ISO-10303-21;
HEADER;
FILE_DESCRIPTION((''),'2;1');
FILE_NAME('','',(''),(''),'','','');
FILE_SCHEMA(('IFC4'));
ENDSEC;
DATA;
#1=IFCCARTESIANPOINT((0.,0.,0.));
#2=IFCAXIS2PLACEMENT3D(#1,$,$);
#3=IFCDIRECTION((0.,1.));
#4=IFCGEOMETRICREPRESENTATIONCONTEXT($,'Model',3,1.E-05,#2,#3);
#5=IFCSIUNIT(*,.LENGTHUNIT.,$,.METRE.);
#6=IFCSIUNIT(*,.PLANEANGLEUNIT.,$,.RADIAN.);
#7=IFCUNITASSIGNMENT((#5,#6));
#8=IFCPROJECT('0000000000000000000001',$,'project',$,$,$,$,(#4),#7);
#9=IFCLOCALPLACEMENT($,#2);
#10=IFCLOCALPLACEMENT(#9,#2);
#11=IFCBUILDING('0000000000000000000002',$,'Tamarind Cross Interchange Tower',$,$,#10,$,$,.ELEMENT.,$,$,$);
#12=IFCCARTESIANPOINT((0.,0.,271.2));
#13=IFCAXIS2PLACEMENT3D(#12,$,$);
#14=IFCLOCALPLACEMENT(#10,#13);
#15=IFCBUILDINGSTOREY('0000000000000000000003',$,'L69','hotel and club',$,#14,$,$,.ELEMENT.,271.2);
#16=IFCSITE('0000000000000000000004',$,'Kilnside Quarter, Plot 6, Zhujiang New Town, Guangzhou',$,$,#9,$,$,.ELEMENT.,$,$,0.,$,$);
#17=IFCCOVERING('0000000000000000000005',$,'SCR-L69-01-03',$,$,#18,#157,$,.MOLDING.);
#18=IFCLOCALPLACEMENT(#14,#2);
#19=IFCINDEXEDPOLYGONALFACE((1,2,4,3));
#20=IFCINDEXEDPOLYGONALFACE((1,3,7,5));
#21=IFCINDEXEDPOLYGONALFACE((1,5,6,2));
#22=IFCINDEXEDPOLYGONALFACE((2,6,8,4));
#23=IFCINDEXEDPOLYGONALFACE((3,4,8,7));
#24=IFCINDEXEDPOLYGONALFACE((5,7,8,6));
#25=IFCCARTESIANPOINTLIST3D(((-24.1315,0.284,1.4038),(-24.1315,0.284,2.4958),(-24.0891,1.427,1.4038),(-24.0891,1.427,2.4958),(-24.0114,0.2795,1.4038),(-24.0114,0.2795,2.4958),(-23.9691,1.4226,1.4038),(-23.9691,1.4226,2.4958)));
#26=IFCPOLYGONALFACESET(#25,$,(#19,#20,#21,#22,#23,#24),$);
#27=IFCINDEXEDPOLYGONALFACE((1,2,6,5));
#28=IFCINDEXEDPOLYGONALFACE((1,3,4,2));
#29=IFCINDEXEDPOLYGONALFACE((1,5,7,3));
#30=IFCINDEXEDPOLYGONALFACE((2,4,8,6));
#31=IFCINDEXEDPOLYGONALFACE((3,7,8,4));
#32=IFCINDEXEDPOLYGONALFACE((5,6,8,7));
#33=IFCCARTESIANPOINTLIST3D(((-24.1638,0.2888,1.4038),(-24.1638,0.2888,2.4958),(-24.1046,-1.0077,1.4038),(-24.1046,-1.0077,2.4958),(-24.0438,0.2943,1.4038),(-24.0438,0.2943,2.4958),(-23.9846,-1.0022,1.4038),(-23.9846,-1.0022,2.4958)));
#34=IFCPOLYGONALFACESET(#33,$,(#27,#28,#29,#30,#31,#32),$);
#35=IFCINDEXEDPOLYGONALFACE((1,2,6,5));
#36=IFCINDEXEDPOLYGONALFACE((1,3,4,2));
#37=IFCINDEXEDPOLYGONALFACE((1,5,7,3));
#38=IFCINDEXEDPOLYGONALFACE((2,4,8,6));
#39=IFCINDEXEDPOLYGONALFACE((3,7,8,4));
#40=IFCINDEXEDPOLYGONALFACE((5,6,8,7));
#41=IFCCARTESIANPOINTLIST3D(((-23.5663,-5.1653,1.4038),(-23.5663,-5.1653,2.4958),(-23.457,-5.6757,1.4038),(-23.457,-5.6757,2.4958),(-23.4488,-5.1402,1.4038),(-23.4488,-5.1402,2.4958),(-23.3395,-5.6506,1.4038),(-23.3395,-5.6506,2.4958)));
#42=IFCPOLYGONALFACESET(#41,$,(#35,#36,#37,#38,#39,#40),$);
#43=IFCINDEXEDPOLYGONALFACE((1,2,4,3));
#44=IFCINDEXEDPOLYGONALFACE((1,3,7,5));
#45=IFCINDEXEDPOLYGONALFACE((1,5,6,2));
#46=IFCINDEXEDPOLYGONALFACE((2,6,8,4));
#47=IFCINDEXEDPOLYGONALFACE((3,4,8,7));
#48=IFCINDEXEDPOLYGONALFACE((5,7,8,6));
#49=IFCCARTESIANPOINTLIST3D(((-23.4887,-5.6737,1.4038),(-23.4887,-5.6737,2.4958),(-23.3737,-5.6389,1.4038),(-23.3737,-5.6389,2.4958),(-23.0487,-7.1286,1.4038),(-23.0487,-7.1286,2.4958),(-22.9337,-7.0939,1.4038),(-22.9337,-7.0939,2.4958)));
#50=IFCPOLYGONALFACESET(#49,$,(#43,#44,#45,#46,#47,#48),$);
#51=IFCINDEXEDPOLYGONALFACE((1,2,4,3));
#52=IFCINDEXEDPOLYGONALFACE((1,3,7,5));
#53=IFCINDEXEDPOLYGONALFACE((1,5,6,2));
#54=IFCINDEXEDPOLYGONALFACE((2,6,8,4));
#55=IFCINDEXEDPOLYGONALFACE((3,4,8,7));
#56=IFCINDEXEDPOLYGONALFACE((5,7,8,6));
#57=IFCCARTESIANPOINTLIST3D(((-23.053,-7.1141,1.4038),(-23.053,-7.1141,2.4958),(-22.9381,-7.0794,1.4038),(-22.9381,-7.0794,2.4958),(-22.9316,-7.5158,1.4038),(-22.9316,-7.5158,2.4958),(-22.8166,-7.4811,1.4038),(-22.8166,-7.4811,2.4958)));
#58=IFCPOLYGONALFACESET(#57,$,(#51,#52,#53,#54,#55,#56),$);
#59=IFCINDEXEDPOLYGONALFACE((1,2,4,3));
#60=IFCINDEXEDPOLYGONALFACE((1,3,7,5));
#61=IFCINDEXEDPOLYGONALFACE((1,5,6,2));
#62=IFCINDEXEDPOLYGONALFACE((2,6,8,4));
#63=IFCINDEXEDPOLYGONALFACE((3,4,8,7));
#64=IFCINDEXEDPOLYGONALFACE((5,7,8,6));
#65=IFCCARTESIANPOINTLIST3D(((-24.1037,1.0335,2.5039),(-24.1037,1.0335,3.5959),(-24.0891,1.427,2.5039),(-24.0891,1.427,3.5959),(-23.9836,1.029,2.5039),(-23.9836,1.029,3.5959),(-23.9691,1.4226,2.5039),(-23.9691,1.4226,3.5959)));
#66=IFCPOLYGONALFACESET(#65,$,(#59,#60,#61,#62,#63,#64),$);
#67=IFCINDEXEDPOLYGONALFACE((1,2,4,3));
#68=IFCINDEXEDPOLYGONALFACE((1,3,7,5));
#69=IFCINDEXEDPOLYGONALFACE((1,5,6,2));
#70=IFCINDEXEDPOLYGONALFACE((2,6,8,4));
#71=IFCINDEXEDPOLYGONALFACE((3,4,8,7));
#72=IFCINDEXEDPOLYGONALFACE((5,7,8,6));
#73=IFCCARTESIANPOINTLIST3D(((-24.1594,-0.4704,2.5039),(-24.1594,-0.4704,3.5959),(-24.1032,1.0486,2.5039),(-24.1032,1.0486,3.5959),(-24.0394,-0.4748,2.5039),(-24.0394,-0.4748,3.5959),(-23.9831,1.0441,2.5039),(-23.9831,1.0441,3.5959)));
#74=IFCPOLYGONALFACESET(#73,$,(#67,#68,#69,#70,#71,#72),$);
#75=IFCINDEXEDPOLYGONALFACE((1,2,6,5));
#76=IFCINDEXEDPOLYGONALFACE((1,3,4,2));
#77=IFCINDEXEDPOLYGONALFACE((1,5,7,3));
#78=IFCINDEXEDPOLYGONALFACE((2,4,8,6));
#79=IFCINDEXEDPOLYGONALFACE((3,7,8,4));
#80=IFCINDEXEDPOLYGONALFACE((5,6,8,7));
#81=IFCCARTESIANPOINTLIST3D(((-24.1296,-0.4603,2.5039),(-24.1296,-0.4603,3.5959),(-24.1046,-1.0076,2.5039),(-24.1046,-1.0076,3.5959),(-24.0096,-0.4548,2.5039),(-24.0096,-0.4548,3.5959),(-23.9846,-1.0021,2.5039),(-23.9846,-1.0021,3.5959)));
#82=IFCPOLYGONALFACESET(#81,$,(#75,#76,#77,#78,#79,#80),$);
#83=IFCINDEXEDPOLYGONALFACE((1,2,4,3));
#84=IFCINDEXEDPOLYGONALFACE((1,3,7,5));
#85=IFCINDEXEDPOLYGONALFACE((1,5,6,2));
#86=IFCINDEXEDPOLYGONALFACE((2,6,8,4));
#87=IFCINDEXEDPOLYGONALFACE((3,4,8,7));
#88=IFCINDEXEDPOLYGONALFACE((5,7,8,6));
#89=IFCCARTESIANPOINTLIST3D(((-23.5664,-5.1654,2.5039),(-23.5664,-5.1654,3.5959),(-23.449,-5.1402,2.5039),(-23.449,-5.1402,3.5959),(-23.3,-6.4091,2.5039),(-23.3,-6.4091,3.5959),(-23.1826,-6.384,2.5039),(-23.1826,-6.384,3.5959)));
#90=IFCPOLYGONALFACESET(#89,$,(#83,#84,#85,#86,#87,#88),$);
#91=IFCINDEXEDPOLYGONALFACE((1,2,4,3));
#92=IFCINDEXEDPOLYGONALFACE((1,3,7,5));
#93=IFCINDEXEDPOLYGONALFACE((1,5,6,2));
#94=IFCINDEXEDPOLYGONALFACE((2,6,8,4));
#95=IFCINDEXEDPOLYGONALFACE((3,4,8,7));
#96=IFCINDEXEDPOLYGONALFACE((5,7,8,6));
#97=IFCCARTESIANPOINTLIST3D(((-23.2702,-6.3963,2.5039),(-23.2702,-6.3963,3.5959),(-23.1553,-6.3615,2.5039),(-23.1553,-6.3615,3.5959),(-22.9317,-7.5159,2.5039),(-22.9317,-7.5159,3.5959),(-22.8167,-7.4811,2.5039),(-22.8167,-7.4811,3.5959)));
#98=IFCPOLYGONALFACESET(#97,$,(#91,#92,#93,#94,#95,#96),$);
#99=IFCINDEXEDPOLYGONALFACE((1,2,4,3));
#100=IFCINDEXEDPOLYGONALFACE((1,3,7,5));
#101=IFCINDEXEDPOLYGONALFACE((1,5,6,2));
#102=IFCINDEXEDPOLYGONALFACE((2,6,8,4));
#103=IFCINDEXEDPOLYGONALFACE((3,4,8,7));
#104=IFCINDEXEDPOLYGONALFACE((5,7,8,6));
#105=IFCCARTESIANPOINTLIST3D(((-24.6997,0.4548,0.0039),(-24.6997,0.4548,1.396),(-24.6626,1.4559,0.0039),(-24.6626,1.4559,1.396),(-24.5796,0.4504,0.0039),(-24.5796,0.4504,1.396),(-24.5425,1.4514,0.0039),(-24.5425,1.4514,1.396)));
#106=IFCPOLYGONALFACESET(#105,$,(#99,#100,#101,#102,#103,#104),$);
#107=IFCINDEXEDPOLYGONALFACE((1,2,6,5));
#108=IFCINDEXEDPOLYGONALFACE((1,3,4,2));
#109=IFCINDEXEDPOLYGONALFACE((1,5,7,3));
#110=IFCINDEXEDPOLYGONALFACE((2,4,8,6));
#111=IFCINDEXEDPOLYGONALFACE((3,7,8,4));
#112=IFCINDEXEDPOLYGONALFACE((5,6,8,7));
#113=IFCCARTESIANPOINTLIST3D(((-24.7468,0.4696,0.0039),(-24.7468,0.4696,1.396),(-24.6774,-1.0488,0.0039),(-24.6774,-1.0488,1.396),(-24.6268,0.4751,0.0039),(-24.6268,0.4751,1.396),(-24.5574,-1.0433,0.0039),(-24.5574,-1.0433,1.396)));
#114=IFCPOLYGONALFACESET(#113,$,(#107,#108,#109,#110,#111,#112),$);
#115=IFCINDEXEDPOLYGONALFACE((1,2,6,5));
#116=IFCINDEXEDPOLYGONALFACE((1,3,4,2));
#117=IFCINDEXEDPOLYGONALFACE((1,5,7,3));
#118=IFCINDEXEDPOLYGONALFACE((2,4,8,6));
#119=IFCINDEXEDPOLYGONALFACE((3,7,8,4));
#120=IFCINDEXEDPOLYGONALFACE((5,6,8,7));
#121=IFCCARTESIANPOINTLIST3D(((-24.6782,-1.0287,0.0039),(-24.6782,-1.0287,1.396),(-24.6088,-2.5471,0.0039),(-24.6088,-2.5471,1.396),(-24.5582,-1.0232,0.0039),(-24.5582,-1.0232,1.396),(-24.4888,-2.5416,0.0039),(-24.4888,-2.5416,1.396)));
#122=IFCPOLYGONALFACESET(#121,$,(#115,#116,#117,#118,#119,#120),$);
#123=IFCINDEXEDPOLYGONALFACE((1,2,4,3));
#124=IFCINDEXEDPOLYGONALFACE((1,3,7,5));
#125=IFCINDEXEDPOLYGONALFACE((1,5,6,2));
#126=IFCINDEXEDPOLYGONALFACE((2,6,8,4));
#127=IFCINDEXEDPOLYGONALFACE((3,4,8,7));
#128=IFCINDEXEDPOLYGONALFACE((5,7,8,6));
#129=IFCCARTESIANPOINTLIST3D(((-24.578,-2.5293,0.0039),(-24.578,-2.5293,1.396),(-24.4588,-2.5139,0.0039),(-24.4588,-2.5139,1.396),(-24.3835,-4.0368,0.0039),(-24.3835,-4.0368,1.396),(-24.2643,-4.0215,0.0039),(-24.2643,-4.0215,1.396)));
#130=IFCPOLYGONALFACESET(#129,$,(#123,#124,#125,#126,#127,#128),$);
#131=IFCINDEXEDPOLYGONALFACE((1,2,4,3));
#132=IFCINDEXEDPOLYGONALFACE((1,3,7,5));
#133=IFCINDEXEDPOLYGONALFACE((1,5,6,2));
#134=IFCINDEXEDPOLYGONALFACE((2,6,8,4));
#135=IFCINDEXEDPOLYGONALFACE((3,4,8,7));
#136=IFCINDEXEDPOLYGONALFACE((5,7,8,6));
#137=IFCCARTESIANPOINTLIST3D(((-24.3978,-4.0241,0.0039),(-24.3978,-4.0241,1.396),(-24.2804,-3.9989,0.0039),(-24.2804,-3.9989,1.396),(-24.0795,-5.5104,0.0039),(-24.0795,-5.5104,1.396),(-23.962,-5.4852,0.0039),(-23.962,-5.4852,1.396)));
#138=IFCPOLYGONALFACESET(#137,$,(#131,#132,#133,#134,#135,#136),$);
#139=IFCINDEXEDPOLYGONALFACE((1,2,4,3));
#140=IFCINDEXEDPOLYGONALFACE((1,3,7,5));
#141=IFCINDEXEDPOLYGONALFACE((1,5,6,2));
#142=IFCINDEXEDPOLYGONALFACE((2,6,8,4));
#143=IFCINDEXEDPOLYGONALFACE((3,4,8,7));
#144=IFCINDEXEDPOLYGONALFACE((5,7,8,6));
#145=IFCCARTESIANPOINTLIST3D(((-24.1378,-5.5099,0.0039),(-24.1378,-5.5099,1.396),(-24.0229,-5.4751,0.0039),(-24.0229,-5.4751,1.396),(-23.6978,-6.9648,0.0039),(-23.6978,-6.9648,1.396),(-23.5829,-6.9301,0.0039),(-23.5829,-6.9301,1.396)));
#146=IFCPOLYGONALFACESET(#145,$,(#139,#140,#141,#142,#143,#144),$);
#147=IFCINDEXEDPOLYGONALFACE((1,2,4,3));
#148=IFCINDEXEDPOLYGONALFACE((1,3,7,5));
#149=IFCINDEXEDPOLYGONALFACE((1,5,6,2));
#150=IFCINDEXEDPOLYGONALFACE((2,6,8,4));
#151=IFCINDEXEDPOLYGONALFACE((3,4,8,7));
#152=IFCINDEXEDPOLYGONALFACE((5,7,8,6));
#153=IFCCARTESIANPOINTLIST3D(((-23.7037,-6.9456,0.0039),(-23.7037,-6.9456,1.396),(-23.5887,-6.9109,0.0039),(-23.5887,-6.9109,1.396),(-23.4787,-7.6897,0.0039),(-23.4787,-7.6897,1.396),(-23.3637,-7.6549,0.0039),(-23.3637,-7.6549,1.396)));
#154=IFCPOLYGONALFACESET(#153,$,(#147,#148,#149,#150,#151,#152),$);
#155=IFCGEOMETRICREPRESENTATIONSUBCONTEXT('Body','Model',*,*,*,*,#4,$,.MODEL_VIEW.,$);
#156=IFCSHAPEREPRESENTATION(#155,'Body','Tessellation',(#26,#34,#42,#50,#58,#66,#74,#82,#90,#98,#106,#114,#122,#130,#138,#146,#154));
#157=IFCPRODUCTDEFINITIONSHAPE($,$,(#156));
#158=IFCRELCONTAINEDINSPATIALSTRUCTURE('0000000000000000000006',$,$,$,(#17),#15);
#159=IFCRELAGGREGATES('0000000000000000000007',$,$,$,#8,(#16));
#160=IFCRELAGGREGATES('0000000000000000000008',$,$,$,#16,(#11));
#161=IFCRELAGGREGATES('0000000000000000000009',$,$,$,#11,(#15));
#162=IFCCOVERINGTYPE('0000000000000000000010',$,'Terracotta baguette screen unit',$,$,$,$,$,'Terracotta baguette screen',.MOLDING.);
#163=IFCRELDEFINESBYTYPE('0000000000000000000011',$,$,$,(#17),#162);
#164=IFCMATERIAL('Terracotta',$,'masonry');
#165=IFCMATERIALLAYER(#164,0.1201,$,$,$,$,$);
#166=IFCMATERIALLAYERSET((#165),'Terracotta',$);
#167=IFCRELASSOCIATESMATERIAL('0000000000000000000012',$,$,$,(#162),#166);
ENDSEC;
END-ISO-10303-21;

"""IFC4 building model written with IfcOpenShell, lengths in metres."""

from ifc_helpers import new_model, si_unit, direction, frame, origin, origin_2d, place, context, subcontext, project, spatial, rectangle, extrude, material, layer, layer_set, type_object, element, save


model = new_model("IFC4")

# Units and contexts
model_context = context("Model", 3, precision=1e-05, world=origin(), true_north=direction((0.0, 1.0)))
body_context = subcontext(model_context, "Body", "Model", "MODEL_VIEW")
ifc_project = project(units=[si_unit("LENGTHUNIT", "METRE"), si_unit("PLANEANGLEUNIT", "RADIAN")], contexts=[model_context])

# Site, building, storey
site_placement = place(None, origin())
site = spatial("IfcSite", under=ifc_project, at=site_placement, Name="Kilnside Quarter, Plot 6, Zhujiang New Town, Guangzhou", CompositionType="ELEMENT", RefElevation=0.0)
building_placement = place(site_placement, origin())
building = spatial("IfcBuilding", under=site, at=building_placement, Name="Tamarind Cross Interchange Tower", CompositionType="ELEMENT")
storey_placement = place(building_placement, frame((0.0, 0.0, 271.2)))
storey = spatial("IfcBuildingStorey", under=building, at=storey_placement, Name="L69", Description="hotel and club", CompositionType="ELEMENT", Elevation=271.2)

# Covering
ifc_material_1 = material(Name="Terracotta", Category="masonry")
ifc_layer_1 = layer(ifc_material_1, 0.1201)
ifc_layer_set_1 = layer_set([ifc_layer_1], Name="Terracotta")
covering_type = type_object("IfcCoveringType", Name="Terracotta baguette screen unit", ElementType="Terracotta baguette screen", PredefinedType="MOLDING", material=ifc_layer_set_1)
covering_1_placement = place(storey_placement, origin())
element("IfcCovering", 1, at=covering_1_placement, inside=storey, type_object=covering_type, Name="SCR-L69-01-03", PredefinedType="MOLDING", context=body_context, shape_type="SweptSolid", body=[
    extrude(rectangle(XDim=1.1438, YDim=0.1201, at=origin_2d()), frame((-24.0503, 0.8533, 1.4038), z_axis=(0.0, 0.0, 1.0), x_axis=(-0.037025, -0.999314, 0.0)), (0.0, 0.0, 1.0), 1.092),
    extrude(rectangle(XDim=1.2979, YDim=0.1201, at=origin_2d()), frame((-24.0742, -0.3567, 1.4038), z_axis=(0.0, 0.0, 1.0), x_axis=(0.045624, -0.998959, 0.0)), (0.0, 0.0, 1.0), 1.092),
    extrude(rectangle(XDim=0.522, YDim=0.1201, at=origin_2d()), frame((-23.4529, -5.408, 1.4038), z_axis=(0.0, 0.0, 1.0), x_axis=(0.209425, -0.977825, 0.0)), (0.0, 0.0, 1.0), 1.092),
    extrude(rectangle(XDim=1.52, YDim=0.1201, at=origin_2d()), frame((-23.2112, -6.3838, 1.4038), z_axis=(0.0, 0.0, 1.0), x_axis=(0.289458, -0.957191, 0.0)), (0.0, 0.0, 1.0), 1.092),
    extrude(rectangle(XDim=0.4197, YDim=0.1201, at=origin_2d()), frame((-22.9348, -7.2976, 1.4038), z_axis=(0.0, 0.0, 1.0), x_axis=(0.289458, -0.957191, 0.0)), (0.0, 0.0, 1.0), 1.092),
    extrude(rectangle(XDim=0.3938, YDim=0.1201, at=origin_2d()), frame((-24.0364, 1.228, 2.5039), z_axis=(0.0, 0.0, 1.0), x_axis=(-0.037025, -0.999314, 0.0)), (0.0, 0.0, 1.0), 1.092),
    extrude(rectangle(XDim=1.52, YDim=0.1201, at=origin_2d()), frame((-24.0713, 0.2869, 2.5039), z_axis=(0.0, 0.0, 1.0), x_axis=(-0.037025, -0.999314, 0.0)), (0.0, 0.0, 1.0), 1.092),
    extrude(rectangle(XDim=0.5479, YDim=0.1201, at=origin_2d()), frame((-24.0571, -0.7312, 2.5039), z_axis=(0.0, 0.0, 1.0), x_axis=(0.045624, -0.998959, 0.0)), (0.0, 0.0, 1.0), 1.092),
    extrude(rectangle(XDim=1.272, YDim=0.1201, at=origin_2d()), frame((-23.3745, -5.7747, 2.5039), z_axis=(0.0, 0.0, 1.0), x_axis=(0.209425, -0.977825, 0.0)), (0.0, 0.0, 1.0), 1.092),
    extrude(rectangle(XDim=1.1697, YDim=0.1201, at=origin_2d()), frame((-23.0435, -6.9387, 2.5039), z_axis=(0.0, 0.0, 1.0), x_axis=(0.289458, -0.957191, 0.0)), (0.0, 0.0, 1.0), 1.092),
    extrude(rectangle(XDim=1.0017, YDim=0.1201, at=origin_2d()), frame((-24.6211, 0.9531, 0.0039), z_axis=(0.0, 0.0, 1.0), x_axis=(-0.037025, -0.999314, 0.0)), (0.0, 0.0, 1.0), 1.3921),
    extrude(rectangle(XDim=1.52, YDim=0.1201, at=origin_2d()), frame((-24.6521, -0.2869, 0.0039), z_axis=(0.0, 0.0, 1.0), x_axis=(0.045624, -0.998959, 0.0)), (0.0, 0.0, 1.0), 1.3921),
    extrude(rectangle(XDim=1.52, YDim=0.1201, at=origin_2d()), frame((-24.5835, -1.7852, 0.0039), z_axis=(0.0, 0.0, 1.0), x_axis=(0.045624, -0.998959, 0.0)), (0.0, 0.0, 1.0), 1.3921),
    extrude(rectangle(XDim=1.52, YDim=0.1201, at=origin_2d()), frame((-24.4211, -3.2754, 0.0039), z_axis=(0.0, 0.0, 1.0), x_axis=(0.127962, -0.991779, 0.0)), (0.0, 0.0, 1.0), 1.3921),
    extrude(rectangle(XDim=1.52, YDim=0.1201, at=origin_2d()), frame((-24.1799, -4.7546, 0.0039), z_axis=(0.0, 0.0, 1.0), x_axis=(0.209425, -0.977825, 0.0)), (0.0, 0.0, 1.0), 1.3921),
    extrude(rectangle(XDim=1.52, YDim=0.1201, at=origin_2d()), frame((-23.8604, -6.22, 0.0039), z_axis=(0.0, 0.0, 1.0), x_axis=(0.289458, -0.957191, 0.0)), (0.0, 0.0, 1.0), 1.3921),
    extrude(rectangle(XDim=0.7773, YDim=0.1201, at=origin_2d()), frame((-23.5337, -7.3003, 0.0039), z_axis=(0.0, 0.0, 1.0), x_axis=(0.289458, -0.957191, 0.0)), (0.0, 0.0, 1.0), 1.3921),
])

save(model, "model.ifc")
